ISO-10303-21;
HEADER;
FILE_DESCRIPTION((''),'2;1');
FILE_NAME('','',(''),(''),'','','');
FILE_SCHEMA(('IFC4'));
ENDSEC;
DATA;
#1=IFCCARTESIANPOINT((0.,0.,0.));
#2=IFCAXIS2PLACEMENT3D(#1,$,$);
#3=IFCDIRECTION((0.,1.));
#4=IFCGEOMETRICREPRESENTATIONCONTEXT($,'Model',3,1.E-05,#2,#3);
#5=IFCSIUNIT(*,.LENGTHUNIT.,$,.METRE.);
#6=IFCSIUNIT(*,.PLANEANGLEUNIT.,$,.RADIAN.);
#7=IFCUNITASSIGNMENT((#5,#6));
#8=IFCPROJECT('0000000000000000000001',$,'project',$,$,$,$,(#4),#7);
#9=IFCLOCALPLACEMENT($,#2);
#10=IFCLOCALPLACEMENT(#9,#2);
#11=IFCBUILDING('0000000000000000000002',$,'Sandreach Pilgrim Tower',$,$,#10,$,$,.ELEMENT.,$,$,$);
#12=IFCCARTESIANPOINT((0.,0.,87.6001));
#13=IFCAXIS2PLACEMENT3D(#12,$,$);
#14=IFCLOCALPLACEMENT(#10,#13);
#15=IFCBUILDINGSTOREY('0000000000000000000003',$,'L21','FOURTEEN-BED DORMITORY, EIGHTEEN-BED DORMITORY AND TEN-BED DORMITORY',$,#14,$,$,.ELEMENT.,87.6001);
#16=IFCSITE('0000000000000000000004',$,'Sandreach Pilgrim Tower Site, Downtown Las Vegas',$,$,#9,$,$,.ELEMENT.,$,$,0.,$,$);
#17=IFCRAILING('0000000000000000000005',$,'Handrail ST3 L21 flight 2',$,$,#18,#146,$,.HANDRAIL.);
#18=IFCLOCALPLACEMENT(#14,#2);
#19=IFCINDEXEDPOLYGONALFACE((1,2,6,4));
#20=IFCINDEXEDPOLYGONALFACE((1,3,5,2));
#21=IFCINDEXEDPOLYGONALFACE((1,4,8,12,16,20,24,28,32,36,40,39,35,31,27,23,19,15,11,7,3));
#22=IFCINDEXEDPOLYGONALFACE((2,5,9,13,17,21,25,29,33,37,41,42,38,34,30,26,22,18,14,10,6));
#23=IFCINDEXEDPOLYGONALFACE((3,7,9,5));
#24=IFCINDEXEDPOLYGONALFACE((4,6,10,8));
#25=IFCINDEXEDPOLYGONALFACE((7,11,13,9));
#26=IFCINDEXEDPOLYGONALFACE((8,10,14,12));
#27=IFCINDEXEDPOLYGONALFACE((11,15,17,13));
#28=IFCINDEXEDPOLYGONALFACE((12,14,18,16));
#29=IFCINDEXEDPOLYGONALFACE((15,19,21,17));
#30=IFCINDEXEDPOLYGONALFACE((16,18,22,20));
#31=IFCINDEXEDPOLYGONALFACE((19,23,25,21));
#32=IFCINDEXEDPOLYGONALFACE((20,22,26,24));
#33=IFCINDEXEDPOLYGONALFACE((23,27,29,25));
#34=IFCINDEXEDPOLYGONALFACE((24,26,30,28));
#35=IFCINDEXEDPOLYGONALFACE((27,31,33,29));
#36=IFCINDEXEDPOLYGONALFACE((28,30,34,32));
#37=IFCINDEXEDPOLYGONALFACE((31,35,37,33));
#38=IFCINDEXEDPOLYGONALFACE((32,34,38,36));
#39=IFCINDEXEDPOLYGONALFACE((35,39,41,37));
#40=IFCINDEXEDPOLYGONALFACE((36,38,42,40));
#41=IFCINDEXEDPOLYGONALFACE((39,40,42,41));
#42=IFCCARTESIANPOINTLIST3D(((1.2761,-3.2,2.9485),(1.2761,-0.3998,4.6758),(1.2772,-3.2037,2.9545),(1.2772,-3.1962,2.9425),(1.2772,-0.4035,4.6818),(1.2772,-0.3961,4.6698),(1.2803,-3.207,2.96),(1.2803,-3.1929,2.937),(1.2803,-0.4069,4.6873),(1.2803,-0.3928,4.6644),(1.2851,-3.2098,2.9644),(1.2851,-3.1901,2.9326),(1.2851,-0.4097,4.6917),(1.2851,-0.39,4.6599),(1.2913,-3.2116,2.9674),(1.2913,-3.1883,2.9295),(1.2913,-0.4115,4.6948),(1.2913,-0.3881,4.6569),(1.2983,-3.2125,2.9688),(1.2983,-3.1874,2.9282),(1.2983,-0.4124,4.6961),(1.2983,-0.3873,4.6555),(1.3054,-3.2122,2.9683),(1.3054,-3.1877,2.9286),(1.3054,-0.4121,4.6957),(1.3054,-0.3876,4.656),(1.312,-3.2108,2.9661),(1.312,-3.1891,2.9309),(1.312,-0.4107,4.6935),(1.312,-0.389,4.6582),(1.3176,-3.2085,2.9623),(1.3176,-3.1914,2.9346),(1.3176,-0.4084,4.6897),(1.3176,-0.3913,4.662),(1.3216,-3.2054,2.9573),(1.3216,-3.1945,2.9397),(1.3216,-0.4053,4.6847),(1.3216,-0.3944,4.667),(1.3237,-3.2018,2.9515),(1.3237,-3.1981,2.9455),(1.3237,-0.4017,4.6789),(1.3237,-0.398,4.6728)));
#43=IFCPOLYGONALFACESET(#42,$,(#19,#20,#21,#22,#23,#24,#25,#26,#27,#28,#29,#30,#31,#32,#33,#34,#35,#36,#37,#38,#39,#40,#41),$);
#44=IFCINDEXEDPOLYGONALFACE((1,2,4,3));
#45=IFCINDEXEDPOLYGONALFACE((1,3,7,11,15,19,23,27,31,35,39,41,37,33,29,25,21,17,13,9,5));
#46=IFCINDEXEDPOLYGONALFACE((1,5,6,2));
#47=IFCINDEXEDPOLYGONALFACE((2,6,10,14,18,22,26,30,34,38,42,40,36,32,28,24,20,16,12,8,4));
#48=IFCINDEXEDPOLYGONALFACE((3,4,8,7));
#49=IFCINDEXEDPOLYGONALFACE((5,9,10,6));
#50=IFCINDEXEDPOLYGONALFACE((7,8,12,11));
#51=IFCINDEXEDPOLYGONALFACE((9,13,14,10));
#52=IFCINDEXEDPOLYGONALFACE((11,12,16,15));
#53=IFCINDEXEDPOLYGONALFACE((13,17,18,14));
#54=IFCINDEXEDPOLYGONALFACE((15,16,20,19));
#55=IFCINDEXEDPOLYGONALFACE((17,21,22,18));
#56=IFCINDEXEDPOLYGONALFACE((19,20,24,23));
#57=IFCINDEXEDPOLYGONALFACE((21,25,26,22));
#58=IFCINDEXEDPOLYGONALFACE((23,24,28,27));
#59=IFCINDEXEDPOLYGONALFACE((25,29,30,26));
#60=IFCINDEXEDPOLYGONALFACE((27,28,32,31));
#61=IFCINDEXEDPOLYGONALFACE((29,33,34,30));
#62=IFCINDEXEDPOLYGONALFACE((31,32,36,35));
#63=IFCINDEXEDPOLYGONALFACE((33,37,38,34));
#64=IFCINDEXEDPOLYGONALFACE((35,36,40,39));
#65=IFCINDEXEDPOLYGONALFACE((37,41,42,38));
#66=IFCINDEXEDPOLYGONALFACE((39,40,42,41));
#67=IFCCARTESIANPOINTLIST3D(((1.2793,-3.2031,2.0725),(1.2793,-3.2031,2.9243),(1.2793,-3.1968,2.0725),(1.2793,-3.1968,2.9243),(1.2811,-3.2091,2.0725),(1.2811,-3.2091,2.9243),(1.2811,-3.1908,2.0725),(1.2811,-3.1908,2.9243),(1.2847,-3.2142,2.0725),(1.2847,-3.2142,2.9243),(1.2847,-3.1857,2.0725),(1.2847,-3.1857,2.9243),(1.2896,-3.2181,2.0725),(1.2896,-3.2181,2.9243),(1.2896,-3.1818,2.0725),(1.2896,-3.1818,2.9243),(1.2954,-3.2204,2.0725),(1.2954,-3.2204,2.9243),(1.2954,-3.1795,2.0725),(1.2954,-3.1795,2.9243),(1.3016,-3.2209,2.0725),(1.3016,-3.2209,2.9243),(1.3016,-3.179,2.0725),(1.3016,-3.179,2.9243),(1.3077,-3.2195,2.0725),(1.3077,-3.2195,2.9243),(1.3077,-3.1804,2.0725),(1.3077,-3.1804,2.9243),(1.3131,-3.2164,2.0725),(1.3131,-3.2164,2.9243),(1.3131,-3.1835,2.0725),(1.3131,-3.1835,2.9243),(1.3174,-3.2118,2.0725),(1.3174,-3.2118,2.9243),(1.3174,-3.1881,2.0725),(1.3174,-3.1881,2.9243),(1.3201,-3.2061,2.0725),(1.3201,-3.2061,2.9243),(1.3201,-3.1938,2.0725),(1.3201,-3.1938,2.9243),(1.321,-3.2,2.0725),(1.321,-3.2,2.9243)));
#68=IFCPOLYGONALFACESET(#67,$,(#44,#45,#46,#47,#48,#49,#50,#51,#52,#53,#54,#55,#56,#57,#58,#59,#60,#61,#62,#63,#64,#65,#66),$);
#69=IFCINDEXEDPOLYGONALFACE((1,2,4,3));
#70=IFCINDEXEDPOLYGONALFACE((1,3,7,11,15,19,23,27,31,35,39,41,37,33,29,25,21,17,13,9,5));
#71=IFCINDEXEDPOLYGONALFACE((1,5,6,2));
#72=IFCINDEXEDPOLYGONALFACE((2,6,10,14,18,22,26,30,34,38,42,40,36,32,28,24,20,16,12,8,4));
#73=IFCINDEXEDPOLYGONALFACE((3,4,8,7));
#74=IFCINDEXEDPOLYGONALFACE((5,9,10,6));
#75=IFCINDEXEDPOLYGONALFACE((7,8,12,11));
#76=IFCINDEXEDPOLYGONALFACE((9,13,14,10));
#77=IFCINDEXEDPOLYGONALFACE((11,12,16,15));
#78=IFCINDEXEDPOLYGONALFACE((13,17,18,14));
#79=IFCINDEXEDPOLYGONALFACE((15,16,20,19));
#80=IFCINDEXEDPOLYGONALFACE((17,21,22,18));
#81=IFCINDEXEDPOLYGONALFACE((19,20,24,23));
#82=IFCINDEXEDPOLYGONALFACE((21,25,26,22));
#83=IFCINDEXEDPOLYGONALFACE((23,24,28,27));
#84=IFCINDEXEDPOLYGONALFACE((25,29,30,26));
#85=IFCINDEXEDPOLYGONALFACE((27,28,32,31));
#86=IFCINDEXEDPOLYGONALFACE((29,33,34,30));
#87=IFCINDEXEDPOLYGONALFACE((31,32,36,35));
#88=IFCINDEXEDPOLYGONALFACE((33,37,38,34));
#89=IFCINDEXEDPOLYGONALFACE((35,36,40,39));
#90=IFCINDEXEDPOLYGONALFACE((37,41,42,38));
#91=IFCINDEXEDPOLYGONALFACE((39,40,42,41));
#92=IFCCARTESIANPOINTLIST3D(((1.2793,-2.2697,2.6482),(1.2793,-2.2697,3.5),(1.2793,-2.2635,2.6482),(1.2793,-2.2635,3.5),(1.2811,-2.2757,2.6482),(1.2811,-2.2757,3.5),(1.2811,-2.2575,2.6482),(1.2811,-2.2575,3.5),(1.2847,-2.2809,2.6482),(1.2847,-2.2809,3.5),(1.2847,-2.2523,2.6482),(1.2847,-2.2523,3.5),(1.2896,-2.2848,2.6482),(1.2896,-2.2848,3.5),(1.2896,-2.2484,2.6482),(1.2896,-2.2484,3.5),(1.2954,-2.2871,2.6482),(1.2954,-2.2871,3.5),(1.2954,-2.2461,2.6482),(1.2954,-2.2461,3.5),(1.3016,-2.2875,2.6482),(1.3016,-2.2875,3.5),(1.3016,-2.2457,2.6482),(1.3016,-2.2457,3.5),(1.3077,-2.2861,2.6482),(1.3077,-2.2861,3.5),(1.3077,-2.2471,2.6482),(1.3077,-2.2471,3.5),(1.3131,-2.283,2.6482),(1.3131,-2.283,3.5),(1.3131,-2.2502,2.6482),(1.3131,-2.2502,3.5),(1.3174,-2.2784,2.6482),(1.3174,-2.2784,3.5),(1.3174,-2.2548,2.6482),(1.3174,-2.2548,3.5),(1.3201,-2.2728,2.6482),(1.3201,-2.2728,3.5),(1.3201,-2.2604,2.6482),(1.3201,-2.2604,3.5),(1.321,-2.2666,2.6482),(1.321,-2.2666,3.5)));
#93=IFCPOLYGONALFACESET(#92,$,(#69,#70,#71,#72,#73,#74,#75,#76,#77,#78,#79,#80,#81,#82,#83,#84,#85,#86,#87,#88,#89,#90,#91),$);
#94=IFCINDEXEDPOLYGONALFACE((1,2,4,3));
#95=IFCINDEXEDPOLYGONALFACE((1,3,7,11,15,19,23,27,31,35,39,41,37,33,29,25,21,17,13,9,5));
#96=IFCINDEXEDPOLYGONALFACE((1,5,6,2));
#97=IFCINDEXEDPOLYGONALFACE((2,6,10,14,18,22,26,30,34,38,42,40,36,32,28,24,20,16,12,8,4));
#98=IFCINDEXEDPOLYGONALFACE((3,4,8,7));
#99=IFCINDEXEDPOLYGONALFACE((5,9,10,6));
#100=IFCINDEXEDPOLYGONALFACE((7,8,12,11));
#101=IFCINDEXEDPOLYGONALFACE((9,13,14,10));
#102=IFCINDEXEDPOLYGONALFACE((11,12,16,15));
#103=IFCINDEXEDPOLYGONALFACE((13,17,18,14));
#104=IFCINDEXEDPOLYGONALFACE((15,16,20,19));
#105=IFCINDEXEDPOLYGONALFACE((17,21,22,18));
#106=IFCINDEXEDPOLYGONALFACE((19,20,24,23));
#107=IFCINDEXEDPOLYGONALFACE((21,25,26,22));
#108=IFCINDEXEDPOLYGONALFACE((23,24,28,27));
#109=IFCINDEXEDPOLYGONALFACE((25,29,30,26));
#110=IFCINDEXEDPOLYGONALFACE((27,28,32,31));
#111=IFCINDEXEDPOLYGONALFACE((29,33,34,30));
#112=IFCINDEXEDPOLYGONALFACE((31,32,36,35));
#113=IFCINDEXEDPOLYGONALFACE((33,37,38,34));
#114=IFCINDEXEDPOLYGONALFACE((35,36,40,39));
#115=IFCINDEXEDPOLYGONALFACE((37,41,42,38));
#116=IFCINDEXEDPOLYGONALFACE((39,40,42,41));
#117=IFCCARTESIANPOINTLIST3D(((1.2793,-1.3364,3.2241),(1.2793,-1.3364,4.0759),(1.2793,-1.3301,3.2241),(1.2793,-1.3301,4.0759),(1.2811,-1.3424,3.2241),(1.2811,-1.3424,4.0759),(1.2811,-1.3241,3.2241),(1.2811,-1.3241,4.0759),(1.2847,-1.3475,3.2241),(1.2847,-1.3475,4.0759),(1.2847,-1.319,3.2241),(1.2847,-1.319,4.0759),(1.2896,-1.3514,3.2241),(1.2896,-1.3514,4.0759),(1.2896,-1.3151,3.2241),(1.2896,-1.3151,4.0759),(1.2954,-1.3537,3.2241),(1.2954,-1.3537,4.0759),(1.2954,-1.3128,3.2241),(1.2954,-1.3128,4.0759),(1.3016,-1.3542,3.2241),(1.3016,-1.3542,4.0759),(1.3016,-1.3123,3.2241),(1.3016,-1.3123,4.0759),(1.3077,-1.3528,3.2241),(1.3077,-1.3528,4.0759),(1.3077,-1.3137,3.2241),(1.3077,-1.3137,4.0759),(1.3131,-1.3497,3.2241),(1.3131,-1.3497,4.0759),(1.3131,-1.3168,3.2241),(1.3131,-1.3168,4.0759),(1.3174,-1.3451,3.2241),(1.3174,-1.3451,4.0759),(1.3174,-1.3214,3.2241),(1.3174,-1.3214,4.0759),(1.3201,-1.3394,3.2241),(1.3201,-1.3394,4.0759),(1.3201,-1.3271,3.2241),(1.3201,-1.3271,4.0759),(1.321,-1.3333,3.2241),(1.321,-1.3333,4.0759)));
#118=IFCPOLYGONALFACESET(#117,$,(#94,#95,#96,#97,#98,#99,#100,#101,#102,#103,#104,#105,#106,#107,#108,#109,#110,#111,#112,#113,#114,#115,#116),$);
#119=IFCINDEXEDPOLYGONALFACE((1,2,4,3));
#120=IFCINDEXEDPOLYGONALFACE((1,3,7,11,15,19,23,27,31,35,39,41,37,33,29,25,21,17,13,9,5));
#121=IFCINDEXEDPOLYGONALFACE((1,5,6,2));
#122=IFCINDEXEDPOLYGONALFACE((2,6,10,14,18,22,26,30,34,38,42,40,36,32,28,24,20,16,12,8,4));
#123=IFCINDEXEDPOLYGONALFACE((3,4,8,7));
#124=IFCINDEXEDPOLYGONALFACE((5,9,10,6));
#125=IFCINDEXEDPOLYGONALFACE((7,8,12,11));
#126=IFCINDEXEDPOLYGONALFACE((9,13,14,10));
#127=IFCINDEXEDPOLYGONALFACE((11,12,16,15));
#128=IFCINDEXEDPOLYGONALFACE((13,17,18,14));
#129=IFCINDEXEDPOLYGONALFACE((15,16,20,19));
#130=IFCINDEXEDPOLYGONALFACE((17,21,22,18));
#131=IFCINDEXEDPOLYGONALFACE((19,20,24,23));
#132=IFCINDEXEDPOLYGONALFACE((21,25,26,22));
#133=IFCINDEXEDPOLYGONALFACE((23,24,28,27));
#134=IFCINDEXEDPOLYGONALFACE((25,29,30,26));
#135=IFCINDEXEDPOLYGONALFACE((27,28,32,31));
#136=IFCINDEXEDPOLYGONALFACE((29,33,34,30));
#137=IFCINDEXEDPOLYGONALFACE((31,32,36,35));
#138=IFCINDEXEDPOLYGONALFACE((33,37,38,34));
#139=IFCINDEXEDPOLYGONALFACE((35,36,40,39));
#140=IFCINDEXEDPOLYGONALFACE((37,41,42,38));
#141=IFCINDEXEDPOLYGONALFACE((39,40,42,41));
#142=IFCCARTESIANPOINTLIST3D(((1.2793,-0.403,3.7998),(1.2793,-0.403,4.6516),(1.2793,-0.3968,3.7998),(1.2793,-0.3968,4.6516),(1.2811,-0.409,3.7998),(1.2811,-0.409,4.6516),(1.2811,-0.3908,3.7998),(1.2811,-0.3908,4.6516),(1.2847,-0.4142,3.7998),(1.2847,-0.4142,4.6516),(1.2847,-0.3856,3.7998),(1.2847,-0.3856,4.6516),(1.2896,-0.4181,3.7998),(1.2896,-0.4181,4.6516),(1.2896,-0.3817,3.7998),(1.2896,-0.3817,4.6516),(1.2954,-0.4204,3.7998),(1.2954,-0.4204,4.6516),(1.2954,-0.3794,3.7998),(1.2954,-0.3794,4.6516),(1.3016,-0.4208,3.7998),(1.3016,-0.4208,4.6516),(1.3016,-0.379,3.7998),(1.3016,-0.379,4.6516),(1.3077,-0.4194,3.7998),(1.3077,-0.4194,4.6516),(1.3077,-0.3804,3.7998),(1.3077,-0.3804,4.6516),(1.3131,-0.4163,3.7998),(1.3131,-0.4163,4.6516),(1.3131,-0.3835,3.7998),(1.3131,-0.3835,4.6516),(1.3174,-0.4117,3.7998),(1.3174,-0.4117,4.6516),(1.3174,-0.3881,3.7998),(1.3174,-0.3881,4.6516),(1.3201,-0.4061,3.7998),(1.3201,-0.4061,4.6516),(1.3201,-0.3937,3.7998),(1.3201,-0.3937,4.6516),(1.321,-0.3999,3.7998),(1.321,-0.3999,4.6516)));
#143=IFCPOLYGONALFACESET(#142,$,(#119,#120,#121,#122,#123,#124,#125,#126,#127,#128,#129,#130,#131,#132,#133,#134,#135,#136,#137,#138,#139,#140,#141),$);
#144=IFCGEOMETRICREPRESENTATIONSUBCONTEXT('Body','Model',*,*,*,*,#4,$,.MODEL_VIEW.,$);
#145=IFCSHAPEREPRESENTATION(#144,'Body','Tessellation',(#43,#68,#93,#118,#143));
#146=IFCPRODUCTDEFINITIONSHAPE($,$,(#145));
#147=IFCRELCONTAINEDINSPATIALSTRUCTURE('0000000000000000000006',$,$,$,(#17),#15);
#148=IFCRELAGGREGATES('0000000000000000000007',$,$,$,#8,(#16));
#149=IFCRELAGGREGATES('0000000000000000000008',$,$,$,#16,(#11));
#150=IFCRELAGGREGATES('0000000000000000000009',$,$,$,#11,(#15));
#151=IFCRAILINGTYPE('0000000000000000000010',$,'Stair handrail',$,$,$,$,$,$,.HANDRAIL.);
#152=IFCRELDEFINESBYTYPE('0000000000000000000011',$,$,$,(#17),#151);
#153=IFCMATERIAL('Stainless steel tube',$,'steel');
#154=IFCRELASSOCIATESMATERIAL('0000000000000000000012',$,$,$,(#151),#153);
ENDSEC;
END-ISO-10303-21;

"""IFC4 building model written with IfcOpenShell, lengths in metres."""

from ifc_helpers import new_model, si_unit, direction, frame, origin, origin_2d, place, context, subcontext, project, spatial, circle, extrude, material, type_object, element, save


model = new_model("IFC4")

# Units and contexts
model_context = context("Model", 3, precision=1e-05, world=origin(), true_north=direction((0.0, 1.0)))
body_context = subcontext(model_context, "Body", "Model", "MODEL_VIEW")
ifc_project = project(units=[si_unit("LENGTHUNIT", "METRE"), si_unit("PLANEANGLEUNIT", "RADIAN")], contexts=[model_context])

# Site, building, storey
site_placement = place(None, origin())
site = spatial("IfcSite", under=ifc_project, at=site_placement, Name="Sandreach Pilgrim Tower Site, Downtown Las Vegas", CompositionType="ELEMENT", RefElevation=0.0)
building_placement = place(site_placement, origin())
building = spatial("IfcBuilding", under=site, at=building_placement, Name="Sandreach Pilgrim Tower", CompositionType="ELEMENT")
storey_placement = place(building_placement, frame((0.0, 0.0, 87.6001)))
storey = spatial("IfcBuildingStorey", under=building, at=storey_placement, Name="L21", Description="FOURTEEN-BED DORMITORY, EIGHTEEN-BED DORMITORY AND TEN-BED DORMITORY", CompositionType="ELEMENT", Elevation=87.6001)

# Railing
ifc_material_1 = material(Name="Stainless steel tube", Category="steel")
railing_type = type_object("IfcRailingType", Name="Stair handrail", PredefinedType="HANDRAIL", material=ifc_material_1)
for number, where, name in (
    (1, (1.3, -3.2, 2.0725), "Handrail ST3 L21 flight 2"),
):
    element("IfcRailing", number, at=place(storey_placement, frame(where)), inside=storey, type_object=railing_type, Name=name, PredefinedType="HANDRAIL", context=body_context, shape_type="SweptSolid", body=[
        extrude(circle(Radius=0.0239, at=origin_2d()), frame((0.0, 0.0, 0.876), z_axis=(0.0, 0.85109, 0.52502), x_axis=(-1.0, 0.0, 0.0)), (0.0, 0.0, 1.0), 3.29),
        extrude(circle(Radius=0.021, at=origin_2d()), origin(), (0.0, 0.0, 1.0), 0.8518),
        extrude(circle(Radius=0.021, at=origin_2d()), frame((0.0, 0.9333, 0.5757)), (0.0, 0.0, 1.0), 0.8518),
        extrude(circle(Radius=0.021, at=origin_2d()), frame((0.0, 1.8667, 1.1516)), (0.0, 0.0, 1.0), 0.8518),
        extrude(circle(Radius=0.021, at=origin_2d()), frame((0.0, 2.8, 1.7273)), (0.0, 0.0, 1.0), 0.8518),
    ])

save(model, "model.ifc")
